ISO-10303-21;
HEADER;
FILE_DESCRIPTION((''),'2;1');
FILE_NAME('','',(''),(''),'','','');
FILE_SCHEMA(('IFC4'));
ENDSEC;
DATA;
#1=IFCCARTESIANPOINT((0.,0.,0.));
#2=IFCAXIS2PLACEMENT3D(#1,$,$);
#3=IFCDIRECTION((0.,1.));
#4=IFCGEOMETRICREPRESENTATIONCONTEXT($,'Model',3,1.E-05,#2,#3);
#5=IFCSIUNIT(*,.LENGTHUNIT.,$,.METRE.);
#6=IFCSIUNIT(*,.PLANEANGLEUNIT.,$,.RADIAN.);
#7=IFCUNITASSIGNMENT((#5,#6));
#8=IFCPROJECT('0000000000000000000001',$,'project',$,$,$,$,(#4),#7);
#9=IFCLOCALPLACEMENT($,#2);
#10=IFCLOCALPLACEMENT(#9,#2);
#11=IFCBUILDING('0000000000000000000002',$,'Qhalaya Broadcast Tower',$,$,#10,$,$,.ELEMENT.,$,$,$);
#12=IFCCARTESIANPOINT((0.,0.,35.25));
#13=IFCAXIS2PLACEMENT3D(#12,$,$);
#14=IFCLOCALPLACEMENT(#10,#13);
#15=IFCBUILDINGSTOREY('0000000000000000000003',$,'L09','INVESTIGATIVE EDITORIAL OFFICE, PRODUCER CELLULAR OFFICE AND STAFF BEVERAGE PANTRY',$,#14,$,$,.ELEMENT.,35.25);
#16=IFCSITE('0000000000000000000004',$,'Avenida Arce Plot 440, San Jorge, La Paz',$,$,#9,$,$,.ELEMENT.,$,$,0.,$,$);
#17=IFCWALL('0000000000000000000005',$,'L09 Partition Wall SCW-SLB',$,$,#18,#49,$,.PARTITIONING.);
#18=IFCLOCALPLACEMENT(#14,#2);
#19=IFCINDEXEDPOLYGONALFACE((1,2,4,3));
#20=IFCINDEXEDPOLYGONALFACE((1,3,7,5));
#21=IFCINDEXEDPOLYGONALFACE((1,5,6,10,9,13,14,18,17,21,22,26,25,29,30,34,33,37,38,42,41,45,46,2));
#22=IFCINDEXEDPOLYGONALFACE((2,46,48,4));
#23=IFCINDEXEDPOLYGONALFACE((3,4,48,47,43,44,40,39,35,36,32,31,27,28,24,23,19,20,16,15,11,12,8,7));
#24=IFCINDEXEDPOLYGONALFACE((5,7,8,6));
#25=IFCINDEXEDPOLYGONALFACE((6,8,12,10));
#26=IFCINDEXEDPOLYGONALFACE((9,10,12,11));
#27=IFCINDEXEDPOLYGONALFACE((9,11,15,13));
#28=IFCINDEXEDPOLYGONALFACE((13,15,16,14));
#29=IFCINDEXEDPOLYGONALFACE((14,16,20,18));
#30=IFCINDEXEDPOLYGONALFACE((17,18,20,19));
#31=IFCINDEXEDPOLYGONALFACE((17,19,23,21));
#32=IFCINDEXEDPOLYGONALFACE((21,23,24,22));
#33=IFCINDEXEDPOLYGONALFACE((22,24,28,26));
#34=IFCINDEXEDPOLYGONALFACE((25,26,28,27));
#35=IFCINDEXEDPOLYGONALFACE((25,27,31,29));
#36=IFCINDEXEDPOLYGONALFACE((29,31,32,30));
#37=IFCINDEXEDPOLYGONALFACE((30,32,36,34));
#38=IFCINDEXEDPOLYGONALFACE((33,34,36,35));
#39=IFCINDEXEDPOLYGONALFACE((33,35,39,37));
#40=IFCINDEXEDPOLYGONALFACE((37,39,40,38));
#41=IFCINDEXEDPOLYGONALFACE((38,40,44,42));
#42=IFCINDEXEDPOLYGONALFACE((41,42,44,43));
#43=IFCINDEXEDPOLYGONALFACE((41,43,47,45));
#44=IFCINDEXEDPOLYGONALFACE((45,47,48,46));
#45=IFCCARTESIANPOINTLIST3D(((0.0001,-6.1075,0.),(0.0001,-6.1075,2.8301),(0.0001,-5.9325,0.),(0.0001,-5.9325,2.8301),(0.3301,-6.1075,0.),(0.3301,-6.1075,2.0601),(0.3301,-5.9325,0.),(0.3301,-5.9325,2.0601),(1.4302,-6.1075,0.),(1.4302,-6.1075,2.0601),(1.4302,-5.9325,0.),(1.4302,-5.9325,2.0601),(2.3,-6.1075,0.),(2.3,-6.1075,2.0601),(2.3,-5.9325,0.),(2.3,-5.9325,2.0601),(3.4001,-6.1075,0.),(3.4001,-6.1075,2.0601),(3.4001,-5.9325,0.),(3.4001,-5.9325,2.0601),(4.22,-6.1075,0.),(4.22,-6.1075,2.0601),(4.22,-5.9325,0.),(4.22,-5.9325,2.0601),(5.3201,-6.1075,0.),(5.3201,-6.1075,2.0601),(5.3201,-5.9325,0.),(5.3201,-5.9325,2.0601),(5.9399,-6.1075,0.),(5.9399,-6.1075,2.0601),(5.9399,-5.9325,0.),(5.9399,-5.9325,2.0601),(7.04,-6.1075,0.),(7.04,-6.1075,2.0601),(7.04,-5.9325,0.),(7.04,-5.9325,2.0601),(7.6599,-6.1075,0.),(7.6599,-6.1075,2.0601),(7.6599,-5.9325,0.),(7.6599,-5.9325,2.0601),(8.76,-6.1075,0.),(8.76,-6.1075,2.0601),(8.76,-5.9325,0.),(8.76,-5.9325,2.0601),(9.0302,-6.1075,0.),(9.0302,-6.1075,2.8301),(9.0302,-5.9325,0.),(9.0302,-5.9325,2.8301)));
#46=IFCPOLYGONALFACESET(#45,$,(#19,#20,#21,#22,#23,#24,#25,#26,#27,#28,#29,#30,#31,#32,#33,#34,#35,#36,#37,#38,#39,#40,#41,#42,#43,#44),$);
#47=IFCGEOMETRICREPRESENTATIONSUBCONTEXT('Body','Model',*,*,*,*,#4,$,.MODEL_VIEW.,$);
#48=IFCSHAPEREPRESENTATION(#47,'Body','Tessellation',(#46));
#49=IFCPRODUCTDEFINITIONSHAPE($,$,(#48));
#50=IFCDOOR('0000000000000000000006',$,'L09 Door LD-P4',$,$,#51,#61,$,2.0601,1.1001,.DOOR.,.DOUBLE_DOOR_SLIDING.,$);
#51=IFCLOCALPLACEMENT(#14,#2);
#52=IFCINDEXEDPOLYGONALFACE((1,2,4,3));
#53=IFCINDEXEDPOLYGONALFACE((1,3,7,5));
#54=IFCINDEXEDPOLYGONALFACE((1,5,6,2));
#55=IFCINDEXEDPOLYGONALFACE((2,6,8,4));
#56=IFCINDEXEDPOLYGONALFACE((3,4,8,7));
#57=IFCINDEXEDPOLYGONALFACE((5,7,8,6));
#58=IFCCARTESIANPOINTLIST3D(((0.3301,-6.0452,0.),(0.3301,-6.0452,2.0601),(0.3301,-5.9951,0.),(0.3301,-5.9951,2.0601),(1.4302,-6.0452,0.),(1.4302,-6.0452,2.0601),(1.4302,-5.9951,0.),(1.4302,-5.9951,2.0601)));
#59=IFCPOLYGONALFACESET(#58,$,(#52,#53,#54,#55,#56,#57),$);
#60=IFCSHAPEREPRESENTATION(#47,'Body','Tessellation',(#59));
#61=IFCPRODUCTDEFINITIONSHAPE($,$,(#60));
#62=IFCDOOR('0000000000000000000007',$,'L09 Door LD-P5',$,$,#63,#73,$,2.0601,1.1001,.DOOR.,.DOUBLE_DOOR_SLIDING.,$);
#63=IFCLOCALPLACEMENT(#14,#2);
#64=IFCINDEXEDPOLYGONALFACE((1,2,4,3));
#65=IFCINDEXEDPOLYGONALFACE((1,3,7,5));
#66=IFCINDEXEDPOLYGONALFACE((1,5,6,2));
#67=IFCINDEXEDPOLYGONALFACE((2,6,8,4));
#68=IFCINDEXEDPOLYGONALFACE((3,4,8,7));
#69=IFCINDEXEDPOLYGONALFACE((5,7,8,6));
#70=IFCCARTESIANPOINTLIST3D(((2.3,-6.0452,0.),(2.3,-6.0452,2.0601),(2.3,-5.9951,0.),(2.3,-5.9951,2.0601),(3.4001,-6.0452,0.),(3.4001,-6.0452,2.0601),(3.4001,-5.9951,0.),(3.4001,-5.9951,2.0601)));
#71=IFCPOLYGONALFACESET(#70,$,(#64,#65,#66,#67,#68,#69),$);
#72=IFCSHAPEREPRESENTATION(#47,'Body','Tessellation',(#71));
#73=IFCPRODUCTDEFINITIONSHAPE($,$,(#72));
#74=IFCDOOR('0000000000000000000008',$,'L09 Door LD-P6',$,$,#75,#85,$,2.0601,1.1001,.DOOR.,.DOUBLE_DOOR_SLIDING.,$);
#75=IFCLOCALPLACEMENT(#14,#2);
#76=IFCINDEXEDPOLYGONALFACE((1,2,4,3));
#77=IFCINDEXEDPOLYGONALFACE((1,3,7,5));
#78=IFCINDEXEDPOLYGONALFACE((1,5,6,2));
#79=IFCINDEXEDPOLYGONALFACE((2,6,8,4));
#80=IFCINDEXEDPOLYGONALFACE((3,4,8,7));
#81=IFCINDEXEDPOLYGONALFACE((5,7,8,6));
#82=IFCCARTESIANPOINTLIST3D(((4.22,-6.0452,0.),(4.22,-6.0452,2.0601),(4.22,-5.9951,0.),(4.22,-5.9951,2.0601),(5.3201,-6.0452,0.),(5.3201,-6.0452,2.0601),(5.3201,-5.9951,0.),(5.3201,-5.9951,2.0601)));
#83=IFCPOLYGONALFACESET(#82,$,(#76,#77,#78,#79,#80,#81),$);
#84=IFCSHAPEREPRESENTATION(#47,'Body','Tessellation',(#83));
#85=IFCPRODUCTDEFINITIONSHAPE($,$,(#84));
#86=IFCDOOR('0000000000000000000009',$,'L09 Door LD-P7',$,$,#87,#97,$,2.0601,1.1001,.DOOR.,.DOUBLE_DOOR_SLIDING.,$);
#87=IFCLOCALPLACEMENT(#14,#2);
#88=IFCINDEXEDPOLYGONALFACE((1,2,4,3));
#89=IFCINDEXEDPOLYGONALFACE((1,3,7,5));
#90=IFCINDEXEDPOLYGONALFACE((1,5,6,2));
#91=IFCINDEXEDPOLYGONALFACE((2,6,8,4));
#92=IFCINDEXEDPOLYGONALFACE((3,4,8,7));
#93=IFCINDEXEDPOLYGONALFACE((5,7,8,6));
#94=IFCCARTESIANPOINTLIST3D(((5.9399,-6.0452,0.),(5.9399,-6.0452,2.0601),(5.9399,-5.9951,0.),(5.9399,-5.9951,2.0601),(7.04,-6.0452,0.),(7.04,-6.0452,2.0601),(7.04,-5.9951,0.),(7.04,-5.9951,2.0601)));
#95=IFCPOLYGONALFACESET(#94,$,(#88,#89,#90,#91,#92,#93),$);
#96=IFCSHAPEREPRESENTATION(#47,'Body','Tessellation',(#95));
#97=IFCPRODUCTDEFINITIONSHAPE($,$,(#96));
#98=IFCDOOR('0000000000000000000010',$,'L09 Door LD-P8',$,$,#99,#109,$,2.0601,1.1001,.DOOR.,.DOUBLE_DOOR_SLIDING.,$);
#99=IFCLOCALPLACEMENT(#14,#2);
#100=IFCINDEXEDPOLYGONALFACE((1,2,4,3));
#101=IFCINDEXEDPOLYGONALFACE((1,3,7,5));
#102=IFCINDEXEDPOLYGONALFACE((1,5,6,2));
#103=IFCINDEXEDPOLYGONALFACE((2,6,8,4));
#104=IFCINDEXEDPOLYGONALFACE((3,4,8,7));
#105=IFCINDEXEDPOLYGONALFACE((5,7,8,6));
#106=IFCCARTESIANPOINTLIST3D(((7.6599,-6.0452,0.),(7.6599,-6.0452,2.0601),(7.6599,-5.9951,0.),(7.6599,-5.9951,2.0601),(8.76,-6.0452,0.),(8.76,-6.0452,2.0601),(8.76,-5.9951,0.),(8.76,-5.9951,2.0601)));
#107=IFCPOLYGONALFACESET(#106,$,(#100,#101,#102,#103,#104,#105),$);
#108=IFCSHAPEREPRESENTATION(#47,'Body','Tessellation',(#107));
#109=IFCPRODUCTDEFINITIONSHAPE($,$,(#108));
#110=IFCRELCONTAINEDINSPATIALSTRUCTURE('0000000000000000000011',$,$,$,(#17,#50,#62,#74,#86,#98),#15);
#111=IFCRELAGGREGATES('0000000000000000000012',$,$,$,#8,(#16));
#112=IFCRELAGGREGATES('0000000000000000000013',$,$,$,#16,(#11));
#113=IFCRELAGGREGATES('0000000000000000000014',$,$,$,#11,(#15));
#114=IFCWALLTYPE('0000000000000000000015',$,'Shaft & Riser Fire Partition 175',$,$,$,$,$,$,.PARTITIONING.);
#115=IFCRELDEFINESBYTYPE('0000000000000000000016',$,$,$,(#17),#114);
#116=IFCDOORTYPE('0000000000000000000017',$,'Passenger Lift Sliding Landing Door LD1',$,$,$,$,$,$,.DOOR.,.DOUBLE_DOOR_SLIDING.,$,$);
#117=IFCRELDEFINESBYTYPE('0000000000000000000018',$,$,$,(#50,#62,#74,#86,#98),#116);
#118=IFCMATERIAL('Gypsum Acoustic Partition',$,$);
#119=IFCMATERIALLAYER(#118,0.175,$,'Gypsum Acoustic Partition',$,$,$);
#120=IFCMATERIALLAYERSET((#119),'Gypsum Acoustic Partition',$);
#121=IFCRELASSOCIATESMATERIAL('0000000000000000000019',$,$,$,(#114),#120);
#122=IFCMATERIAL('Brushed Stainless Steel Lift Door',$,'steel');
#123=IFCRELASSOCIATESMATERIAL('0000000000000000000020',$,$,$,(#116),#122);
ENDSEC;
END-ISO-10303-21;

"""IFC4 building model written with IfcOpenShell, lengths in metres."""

from ifc_helpers import new_model, si_unit, direction, frame, frame_2d, origin, place, context, subcontext, project, spatial, rectangle, extrude, material, layer, layer_set, type_object, element, fill, save


model = new_model("IFC4")

# Units and contexts
model_context = context("Model", 3, precision=1e-05, world=origin(), true_north=direction((0.0, 1.0)))
body_context = subcontext(model_context, "Body", "Model", "MODEL_VIEW")
ifc_project = project(units=[si_unit("LENGTHUNIT", "METRE"), si_unit("PLANEANGLEUNIT", "RADIAN")], contexts=[model_context])

# Site, building, storey
site_placement = place(None, origin())
site = spatial("IfcSite", under=ifc_project, at=site_placement, Name="Avenida Arce Plot 440, San Jorge, La Paz", CompositionType="ELEMENT", RefElevation=0.0)
building_placement = place(site_placement, origin())
building = spatial("IfcBuilding", under=site, at=building_placement, Name="Qhalaya Broadcast Tower", CompositionType="ELEMENT")
storey_placement = place(building_placement, frame((0.0, 0.0, 35.25)))
storey = spatial("IfcBuildingStorey", under=building, at=storey_placement, Name="L09", Description="INVESTIGATIVE EDITORIAL OFFICE, PRODUCER CELLULAR OFFICE AND STAFF BEVERAGE PANTRY", CompositionType="ELEMENT", Elevation=35.25)

# Shared definitions
ifc_material_1 = material(Name="Gypsum Acoustic Partition")

# Wall, openings, doors
ifc_layer_1 = layer(ifc_material_1, 0.175, Name="Gypsum Acoustic Partition")
ifc_layer_set_1 = layer_set([ifc_layer_1], Name="Gypsum Acoustic Partition")
wall_type_1 = type_object("IfcWallType", Name="Shaft & Riser Fire Partition 175", PredefinedType="PARTITIONING", material=ifc_layer_set_1)
wall_1_placement = place(storey_placement, frame((0.0, -6.02, 0.0), z_axis=(0.0, 0.0, 1.0), x_axis=(1.0, 0.0, 0.0)))
wall_1 = element("IfcWall", 1, at=wall_1_placement, inside=storey, type_object=wall_type_1, Name="L09 Partition Wall SCW-SLB", PredefinedType="PARTITIONING", context=body_context, shape_type="SweptSolid", body=[
    extrude(rectangle(XDim=9.03, YDim=0.175, at=frame_2d((4.5151, 0.0))), origin(), (0.0, 0.0, 1.0), 2.8301),
])
opening_1_placement = place(wall_1_placement, frame((0.3301, 0.0, 0.0)))
opening_1 = element("IfcOpeningElement", 2, at=opening_1_placement, cuts=wall_1, PredefinedType="OPENING", context=body_context, shape_type="SweptSolid", body=[
    extrude(rectangle(XDim=1.1001, YDim=2.0601, at=frame_2d((0.55, 1.03))), frame((0.0, 0.0996, 0.0), z_axis=(0.0, -1.0, 0.0), x_axis=(1.0, 0.0, 0.0)), (0.0, 0.0, 1.0), 0.199),
])
opening_2_placement = place(wall_1_placement, frame((2.3, 0.0, 0.0)))
opening_2 = element("IfcOpeningElement", 3, at=opening_2_placement, cuts=wall_1, PredefinedType="OPENING", context=body_context, shape_type="SweptSolid", body=[
    extrude(rectangle(XDim=1.1001, YDim=2.0601, at=frame_2d((0.55, 1.03))), frame((0.0, 0.0996, 0.0), z_axis=(0.0, -1.0, 0.0), x_axis=(1.0, 0.0, 0.0)), (0.0, 0.0, 1.0), 0.199),
])
opening_3_placement = place(wall_1_placement, frame((4.22, 0.0, 0.0)))
opening_3 = element("IfcOpeningElement", 4, at=opening_3_placement, cuts=wall_1, PredefinedType="OPENING", context=body_context, shape_type="SweptSolid", body=[
    extrude(rectangle(XDim=1.1001, YDim=2.0601, at=frame_2d((0.55, 1.03))), frame((0.0, 0.0996, 0.0), z_axis=(0.0, -1.0, 0.0), x_axis=(1.0, 0.0, 0.0)), (0.0, 0.0, 1.0), 0.199),
])
opening_4_placement = place(wall_1_placement, frame((5.9399, 0.0, 0.0)))
opening_4 = element("IfcOpeningElement", 5, at=opening_4_placement, cuts=wall_1, PredefinedType="OPENING", context=body_context, shape_type="SweptSolid", body=[
    extrude(rectangle(XDim=1.1001, YDim=2.0601, at=frame_2d((0.55, 1.03))), frame((0.0, 0.0996, 0.0), z_axis=(0.0, -1.0, 0.0), x_axis=(1.0, 0.0, 0.0)), (0.0, 0.0, 1.0), 0.199),
])
opening_5_placement = place(wall_1_placement, frame((7.6599, 0.0, 0.0)))
opening_5 = element("IfcOpeningElement", 6, at=opening_5_placement, cuts=wall_1, PredefinedType="OPENING", context=body_context, shape_type="SweptSolid", body=[
    extrude(rectangle(XDim=1.1001, YDim=2.0601, at=frame_2d((0.55, 1.03))), frame((0.0, 0.0996, 0.0), z_axis=(0.0, -1.0, 0.0), x_axis=(1.0, 0.0, 0.0)), (0.0, 0.0, 1.0), 0.199),
])
ifc_material_2 = material(Name="Brushed Stainless Steel Lift Door", Category="steel")
door_type_1 = type_object("IfcDoorType", Name="Passenger Lift Sliding Landing Door LD1", OperationType="DOUBLE_DOOR_SLIDING", PredefinedType="DOOR", material=ifc_material_2)
door_1_placement = place(opening_1_placement, origin())
door_1 = element("IfcDoor", 7, at=door_1_placement, inside=storey, type_object=door_type_1, Name="L09 Door LD-P4", OperationType="DOUBLE_DOOR_SLIDING", OverallHeight=2.0601, OverallWidth=1.1001, PredefinedType="DOOR", context=body_context, shape_type="SweptSolid", body=[
    extrude(rectangle(XDim=1.1001, YDim=2.0601, at=frame_2d((0.55, 1.03))), frame((0.0, 0.0249, 0.0), z_axis=(0.0, -1.0, 0.0), x_axis=(1.0, 0.0, 0.0)), (0.0, 0.0, 1.0), 0.05),
])
fill(opening_1, door_1)
door_2_placement = place(opening_2_placement, origin())
door_2 = element("IfcDoor", 8, at=door_2_placement, inside=storey, type_object=door_type_1, Name="L09 Door LD-P5", OperationType="DOUBLE_DOOR_SLIDING", OverallHeight=2.0601, OverallWidth=1.1001, PredefinedType="DOOR", context=body_context, shape_type="SweptSolid", body=[
    extrude(rectangle(XDim=1.1001, YDim=2.0601, at=frame_2d((0.55, 1.03))), frame((0.0, 0.0249, 0.0), z_axis=(0.0, -1.0, 0.0), x_axis=(1.0, 0.0, 0.0)), (0.0, 0.0, 1.0), 0.05),
])
fill(opening_2, door_2)
door_3_placement = place(opening_3_placement, origin())
door_3 = element("IfcDoor", 9, at=door_3_placement, inside=storey, type_object=door_type_1, Name="L09 Door LD-P6", OperationType="DOUBLE_DOOR_SLIDING", OverallHeight=2.0601, OverallWidth=1.1001, PredefinedType="DOOR", context=body_context, shape_type="SweptSolid", body=[
    extrude(rectangle(XDim=1.1001, YDim=2.0601, at=frame_2d((0.55, 1.03))), frame((0.0, 0.0249, 0.0), z_axis=(0.0, -1.0, 0.0), x_axis=(1.0, 0.0, 0.0)), (0.0, 0.0, 1.0), 0.05),
])
fill(opening_3, door_3)
door_4_placement = place(opening_4_placement, origin())
door_4 = element("IfcDoor", 10, at=door_4_placement, inside=storey, type_object=door_type_1, Name="L09 Door LD-P7", OperationType="DOUBLE_DOOR_SLIDING", OverallHeight=2.0601, OverallWidth=1.1001, PredefinedType="DOOR", context=body_context, shape_type="SweptSolid", body=[
    extrude(rectangle(XDim=1.1001, YDim=2.0601, at=frame_2d((0.55, 1.03))), frame((0.0, 0.0249, 0.0), z_axis=(0.0, -1.0, 0.0), x_axis=(1.0, 0.0, 0.0)), (0.0, 0.0, 1.0), 0.05),
])
fill(opening_4, door_4)
door_5_placement = place(opening_5_placement, origin())
door_5 = element("IfcDoor", 11, at=door_5_placement, inside=storey, type_object=door_type_1, Name="L09 Door LD-P8", OperationType="DOUBLE_DOOR_SLIDING", OverallHeight=2.0601, OverallWidth=1.1001, PredefinedType="DOOR", context=body_context, shape_type="SweptSolid", body=[
    extrude(rectangle(XDim=1.1001, YDim=2.0601, at=frame_2d((0.55, 1.03))), frame((0.0, 0.0249, 0.0), z_axis=(0.0, -1.0, 0.0), x_axis=(1.0, 0.0, 0.0)), (0.0, 0.0, 1.0), 0.05),
])
fill(opening_5, door_5)

save(model, "model.ifc")
